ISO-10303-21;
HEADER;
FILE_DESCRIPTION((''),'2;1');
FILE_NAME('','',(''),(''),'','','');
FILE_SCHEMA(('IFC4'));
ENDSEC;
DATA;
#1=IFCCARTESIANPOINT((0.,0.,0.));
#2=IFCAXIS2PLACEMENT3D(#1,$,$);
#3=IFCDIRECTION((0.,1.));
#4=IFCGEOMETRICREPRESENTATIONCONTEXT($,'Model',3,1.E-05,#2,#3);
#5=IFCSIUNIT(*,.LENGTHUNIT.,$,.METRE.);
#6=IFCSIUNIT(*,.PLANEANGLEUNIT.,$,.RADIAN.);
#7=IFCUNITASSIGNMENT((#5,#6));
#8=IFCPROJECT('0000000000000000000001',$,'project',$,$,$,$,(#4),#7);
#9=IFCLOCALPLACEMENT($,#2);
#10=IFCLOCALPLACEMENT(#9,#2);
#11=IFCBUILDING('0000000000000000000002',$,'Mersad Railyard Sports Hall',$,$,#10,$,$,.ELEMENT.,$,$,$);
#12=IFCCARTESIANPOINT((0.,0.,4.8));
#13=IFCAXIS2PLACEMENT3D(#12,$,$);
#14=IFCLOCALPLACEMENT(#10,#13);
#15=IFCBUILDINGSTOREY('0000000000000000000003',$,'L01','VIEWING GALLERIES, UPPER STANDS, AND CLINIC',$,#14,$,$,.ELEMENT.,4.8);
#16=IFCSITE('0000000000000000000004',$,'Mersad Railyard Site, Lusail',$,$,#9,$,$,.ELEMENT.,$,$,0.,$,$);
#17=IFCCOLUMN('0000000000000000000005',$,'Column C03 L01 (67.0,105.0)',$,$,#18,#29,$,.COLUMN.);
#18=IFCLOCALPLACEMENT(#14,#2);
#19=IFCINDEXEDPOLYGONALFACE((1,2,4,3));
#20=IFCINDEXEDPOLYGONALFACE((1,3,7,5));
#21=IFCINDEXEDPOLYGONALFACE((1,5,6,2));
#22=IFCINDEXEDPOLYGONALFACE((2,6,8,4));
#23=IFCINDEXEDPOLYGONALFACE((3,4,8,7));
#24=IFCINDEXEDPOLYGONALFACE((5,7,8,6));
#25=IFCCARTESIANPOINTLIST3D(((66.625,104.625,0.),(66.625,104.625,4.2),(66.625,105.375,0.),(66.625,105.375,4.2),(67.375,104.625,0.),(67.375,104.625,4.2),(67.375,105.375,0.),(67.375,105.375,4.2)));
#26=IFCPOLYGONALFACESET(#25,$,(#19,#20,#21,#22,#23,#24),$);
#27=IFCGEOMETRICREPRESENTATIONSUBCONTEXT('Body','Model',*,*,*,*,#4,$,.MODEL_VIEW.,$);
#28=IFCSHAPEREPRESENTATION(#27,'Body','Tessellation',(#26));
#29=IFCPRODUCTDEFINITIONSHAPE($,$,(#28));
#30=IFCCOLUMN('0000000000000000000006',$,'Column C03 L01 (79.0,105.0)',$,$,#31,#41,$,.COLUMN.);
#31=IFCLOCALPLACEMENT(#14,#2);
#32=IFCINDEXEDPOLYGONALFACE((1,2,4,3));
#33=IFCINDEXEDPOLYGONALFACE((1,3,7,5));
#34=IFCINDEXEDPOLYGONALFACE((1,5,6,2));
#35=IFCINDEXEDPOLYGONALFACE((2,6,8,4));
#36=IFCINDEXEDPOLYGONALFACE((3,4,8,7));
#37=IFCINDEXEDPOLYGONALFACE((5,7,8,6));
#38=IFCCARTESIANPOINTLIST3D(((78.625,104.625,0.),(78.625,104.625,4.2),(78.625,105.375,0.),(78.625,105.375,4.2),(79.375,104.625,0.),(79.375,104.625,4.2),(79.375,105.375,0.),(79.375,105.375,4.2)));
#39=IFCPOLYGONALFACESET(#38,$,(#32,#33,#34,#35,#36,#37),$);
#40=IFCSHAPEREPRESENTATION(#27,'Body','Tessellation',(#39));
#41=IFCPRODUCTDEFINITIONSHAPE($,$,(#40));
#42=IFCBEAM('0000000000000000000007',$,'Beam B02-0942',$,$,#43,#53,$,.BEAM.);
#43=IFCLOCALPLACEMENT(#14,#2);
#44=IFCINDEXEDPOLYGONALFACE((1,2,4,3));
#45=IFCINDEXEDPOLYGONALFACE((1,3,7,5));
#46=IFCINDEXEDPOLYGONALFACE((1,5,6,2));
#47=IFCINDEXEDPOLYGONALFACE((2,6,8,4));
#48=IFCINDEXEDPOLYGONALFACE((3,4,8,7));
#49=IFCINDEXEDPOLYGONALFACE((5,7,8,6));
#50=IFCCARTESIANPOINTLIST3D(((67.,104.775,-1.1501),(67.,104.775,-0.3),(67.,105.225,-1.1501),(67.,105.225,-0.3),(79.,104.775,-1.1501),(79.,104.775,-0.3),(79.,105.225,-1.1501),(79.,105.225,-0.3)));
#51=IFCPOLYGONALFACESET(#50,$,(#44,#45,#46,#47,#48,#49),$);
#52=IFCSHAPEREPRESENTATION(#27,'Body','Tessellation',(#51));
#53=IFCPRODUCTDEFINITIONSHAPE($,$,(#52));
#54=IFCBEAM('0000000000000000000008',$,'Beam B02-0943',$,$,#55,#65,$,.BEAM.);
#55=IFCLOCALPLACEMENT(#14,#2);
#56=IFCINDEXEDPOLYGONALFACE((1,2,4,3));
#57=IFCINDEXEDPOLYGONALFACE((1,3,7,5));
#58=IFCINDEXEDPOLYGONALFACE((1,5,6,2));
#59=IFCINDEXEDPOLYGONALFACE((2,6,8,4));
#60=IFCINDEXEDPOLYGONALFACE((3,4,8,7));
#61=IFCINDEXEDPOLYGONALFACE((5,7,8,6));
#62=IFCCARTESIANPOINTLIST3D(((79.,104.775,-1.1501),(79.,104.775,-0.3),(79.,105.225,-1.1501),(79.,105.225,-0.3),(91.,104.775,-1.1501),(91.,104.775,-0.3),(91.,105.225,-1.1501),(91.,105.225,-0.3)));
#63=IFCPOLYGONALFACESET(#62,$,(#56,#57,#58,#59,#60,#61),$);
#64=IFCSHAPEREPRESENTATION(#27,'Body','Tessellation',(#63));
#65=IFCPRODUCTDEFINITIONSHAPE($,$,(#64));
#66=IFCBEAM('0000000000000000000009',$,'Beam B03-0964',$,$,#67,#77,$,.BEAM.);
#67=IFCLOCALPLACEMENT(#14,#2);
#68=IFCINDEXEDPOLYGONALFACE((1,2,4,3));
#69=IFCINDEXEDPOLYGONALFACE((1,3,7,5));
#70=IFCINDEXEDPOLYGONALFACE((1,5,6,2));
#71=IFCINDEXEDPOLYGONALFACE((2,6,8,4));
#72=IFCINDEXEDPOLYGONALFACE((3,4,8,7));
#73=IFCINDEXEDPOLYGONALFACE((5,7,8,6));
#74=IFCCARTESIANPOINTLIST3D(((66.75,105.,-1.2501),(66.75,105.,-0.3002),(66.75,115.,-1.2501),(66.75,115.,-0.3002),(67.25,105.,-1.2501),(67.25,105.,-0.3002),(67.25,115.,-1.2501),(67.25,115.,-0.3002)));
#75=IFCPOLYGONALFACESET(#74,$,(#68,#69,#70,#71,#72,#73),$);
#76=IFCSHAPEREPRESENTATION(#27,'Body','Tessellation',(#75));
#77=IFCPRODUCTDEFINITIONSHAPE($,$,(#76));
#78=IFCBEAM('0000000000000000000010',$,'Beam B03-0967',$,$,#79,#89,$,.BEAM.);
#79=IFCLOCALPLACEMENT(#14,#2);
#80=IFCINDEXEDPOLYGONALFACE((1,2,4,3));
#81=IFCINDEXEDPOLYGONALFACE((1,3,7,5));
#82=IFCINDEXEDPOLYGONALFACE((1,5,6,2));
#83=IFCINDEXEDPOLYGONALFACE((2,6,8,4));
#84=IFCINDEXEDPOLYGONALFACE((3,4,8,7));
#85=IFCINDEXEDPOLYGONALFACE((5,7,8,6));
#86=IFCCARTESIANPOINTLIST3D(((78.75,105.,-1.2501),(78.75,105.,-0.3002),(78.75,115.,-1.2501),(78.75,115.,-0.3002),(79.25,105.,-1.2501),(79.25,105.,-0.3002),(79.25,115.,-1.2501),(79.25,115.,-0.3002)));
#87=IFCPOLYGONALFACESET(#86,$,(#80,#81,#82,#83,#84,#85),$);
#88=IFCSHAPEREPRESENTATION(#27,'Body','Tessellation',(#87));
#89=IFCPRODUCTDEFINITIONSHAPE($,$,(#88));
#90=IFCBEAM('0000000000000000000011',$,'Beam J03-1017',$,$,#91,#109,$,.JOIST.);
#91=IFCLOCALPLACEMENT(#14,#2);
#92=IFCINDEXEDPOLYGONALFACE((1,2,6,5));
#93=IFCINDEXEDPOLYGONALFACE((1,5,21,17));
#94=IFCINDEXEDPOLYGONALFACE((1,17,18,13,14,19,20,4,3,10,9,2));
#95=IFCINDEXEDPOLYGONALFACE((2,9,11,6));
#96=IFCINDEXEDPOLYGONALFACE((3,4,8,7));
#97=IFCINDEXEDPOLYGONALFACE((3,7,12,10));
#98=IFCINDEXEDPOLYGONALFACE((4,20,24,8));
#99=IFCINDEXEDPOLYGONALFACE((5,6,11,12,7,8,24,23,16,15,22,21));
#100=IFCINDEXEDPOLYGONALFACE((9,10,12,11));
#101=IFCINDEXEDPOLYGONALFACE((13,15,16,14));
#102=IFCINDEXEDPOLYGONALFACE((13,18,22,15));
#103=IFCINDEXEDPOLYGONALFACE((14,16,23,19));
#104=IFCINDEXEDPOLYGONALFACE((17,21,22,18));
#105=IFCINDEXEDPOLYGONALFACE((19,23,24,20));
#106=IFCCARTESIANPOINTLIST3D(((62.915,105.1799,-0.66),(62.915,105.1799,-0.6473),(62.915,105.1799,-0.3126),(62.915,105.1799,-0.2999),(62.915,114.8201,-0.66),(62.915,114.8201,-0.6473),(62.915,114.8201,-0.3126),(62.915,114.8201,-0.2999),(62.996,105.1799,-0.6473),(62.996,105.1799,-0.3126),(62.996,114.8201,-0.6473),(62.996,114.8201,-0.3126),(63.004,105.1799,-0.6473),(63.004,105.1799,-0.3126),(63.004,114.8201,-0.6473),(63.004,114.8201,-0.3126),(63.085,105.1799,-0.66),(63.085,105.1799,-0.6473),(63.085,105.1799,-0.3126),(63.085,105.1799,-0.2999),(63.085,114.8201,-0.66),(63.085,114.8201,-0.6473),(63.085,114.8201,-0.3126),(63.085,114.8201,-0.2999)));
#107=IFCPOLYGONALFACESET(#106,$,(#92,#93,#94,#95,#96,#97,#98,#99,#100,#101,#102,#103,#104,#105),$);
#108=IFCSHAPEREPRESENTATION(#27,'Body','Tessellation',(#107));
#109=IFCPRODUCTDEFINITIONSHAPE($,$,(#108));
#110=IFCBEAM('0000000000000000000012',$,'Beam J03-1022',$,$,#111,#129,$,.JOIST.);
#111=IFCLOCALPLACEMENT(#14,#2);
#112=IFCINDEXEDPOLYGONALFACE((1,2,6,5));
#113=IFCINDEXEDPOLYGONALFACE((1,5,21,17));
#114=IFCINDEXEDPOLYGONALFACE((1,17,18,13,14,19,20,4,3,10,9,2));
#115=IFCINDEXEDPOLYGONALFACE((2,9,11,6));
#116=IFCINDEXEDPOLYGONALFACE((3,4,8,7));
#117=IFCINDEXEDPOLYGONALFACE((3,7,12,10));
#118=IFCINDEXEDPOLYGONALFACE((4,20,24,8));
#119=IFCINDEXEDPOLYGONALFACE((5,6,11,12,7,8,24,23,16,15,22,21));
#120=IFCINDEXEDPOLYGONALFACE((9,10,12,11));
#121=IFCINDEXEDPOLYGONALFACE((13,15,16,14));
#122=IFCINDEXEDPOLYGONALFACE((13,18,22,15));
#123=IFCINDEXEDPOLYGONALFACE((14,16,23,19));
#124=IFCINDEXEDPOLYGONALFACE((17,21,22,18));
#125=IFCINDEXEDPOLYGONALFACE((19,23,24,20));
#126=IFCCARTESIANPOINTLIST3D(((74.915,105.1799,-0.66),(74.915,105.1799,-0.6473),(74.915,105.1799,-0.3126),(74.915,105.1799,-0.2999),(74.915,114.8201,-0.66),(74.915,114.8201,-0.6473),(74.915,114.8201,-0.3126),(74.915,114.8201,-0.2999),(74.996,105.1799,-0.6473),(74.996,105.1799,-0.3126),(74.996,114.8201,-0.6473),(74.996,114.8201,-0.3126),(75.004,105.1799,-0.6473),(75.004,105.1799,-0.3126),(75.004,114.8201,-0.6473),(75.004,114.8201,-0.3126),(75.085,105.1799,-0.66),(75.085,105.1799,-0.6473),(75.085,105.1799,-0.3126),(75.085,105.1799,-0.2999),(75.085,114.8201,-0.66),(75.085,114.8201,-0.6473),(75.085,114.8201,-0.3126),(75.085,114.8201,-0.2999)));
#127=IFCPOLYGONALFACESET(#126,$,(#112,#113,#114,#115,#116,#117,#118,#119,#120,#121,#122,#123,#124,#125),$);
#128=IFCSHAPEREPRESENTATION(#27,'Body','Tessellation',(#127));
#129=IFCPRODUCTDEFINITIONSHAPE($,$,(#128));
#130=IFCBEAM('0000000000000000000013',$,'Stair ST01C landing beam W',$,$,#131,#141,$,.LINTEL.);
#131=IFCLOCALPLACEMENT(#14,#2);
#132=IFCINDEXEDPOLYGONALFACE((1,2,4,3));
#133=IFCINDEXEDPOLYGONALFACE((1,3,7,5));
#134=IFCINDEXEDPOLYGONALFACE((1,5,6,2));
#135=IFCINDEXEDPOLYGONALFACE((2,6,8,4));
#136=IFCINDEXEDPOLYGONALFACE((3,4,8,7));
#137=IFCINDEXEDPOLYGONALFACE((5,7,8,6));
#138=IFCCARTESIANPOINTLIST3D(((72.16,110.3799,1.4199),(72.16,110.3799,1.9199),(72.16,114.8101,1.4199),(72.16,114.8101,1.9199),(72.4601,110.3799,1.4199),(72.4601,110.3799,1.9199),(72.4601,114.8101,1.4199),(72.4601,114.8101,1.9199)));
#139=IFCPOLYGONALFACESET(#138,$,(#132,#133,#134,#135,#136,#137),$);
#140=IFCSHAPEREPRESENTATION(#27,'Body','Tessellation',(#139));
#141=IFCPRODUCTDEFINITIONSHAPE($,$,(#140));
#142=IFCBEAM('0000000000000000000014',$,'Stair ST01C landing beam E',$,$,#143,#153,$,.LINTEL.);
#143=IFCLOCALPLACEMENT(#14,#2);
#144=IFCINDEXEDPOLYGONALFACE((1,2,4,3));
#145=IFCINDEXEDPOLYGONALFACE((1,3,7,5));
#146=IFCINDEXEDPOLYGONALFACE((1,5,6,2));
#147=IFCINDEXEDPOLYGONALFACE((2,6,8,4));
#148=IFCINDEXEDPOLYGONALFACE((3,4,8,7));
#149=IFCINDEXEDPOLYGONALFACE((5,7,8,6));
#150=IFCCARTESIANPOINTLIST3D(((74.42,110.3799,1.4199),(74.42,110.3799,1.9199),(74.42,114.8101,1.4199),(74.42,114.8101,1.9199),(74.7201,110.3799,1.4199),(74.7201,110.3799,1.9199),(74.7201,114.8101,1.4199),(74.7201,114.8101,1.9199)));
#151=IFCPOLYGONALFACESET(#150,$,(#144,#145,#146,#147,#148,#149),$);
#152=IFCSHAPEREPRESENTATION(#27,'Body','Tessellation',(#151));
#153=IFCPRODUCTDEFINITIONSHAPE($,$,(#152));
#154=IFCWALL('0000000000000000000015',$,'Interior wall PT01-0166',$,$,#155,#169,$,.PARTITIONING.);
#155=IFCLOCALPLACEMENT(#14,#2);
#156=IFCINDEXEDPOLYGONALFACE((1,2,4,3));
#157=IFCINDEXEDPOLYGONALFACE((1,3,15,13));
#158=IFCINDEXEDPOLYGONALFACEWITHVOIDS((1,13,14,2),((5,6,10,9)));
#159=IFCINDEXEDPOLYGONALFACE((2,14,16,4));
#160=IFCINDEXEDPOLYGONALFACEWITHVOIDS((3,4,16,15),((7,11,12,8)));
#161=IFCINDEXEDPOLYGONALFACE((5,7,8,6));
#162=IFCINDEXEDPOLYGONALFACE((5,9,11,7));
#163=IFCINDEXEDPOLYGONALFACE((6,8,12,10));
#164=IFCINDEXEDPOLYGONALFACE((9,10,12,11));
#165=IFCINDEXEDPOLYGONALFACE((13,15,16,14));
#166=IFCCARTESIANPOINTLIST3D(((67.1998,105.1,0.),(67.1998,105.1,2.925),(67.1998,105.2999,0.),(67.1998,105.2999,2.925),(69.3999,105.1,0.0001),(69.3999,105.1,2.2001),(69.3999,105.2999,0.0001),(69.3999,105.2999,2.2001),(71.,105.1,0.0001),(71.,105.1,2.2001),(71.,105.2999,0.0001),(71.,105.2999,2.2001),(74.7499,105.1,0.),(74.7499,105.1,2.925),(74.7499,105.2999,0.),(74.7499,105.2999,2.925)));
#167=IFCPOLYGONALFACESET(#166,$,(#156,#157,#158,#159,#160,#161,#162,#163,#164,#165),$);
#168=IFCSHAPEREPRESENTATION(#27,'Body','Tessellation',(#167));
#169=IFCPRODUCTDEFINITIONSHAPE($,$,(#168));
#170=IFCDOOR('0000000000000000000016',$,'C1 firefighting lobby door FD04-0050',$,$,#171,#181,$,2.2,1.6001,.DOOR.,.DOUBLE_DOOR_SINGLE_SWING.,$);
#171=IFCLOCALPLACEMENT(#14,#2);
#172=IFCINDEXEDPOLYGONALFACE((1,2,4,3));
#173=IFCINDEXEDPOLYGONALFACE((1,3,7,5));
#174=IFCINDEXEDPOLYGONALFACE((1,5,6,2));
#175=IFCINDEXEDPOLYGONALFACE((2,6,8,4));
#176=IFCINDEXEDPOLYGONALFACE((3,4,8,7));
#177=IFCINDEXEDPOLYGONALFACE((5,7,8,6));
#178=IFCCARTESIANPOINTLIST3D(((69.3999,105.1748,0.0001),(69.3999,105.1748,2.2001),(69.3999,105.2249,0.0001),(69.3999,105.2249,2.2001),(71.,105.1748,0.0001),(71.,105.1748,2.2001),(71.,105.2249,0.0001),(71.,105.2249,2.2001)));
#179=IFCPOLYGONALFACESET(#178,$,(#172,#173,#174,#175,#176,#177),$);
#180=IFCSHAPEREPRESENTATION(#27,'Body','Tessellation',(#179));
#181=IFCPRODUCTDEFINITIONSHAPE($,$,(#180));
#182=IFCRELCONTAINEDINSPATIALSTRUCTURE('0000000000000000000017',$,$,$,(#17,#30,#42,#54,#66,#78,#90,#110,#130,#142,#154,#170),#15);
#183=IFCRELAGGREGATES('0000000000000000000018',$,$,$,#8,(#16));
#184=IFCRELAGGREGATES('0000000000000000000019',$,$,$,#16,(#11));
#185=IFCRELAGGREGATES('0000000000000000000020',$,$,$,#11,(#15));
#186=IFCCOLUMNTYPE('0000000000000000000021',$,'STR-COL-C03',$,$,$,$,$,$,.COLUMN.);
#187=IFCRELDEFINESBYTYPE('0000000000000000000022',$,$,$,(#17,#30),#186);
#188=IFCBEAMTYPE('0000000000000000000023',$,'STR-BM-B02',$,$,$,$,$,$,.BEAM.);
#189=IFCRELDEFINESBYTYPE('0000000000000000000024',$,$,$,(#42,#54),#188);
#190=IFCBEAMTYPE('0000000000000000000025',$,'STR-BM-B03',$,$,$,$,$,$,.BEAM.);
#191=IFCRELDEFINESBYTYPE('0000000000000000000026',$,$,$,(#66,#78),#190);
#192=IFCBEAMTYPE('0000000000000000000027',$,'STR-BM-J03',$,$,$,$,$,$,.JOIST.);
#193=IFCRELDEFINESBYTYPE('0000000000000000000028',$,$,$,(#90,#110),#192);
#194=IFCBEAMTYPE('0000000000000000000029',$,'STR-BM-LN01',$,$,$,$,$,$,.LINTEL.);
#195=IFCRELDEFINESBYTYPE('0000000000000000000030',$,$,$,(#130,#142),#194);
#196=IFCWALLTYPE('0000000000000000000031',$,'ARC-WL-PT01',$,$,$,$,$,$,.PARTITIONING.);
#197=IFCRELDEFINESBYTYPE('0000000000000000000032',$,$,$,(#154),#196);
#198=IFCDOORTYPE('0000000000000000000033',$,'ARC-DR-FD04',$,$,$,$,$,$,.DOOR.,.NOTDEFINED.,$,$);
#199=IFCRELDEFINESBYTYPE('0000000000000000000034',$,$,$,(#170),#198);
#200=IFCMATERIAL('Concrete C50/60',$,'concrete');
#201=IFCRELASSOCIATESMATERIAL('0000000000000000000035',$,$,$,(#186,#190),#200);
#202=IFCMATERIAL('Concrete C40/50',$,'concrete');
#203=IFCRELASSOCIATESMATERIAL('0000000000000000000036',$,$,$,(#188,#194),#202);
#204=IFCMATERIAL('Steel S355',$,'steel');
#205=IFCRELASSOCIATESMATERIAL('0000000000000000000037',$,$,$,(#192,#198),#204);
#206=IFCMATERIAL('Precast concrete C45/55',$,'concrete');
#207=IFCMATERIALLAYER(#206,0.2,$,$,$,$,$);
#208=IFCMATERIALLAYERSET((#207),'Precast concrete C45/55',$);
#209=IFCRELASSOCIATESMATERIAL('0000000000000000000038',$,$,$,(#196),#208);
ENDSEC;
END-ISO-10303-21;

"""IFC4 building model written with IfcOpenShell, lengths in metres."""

from ifc_helpers import new_model, si_unit, direction, frame, frame_2d, origin, origin_2d, place, context, subcontext, project, spatial, rectangle, i_section, extrude, material, layer, layer_set, material_profile, profile_set, type_object, element, fill, save


model = new_model("IFC4")

# Units and contexts
model_context = context("Model", 3, precision=1e-05, world=origin(), true_north=direction((0.0, 1.0)))
body_context = subcontext(model_context, "Body", "Model", "MODEL_VIEW")
ifc_project = project(units=[si_unit("LENGTHUNIT", "METRE"), si_unit("PLANEANGLEUNIT", "RADIAN")], contexts=[model_context])

# Site, building, storey
site_placement = place(None, origin())
site = spatial("IfcSite", under=ifc_project, at=site_placement, Name="Mersad Railyard Site, Lusail", CompositionType="ELEMENT", RefElevation=0.0)
building_placement = place(site_placement, origin())
building = spatial("IfcBuilding", under=site, at=building_placement, Name="Mersad Railyard Sports Hall", CompositionType="ELEMENT")
storey_placement = place(building_placement, frame((0.0, 0.0, 4.8)))
storey = spatial("IfcBuildingStorey", under=building, at=storey_placement, Name="L01", Description="VIEWING GALLERIES, UPPER STANDS, AND CLINIC", CompositionType="ELEMENT", Elevation=4.8)

# Columns
ifc_material_1 = material(Name="Concrete C50/60", Category="concrete")
ifc_material_profile_1 = material_profile(ifc_material_1, rectangle(XDim=0.75, YDim=0.75, at=origin_2d()), Name="RC 750x750")
ifc_profile_set_1 = profile_set([ifc_material_profile_1], Name="Concrete C50/60")
column_type = type_object("IfcColumnType", Name="STR-COL-C03", PredefinedType="COLUMN", material=ifc_profile_set_1)
for number, where, z_axis, x_axis, name in (
    (1, (67.0, 105.0, 0.0), (0.0, 0.0, 1.0), (1.0, 0.0, 0.0), "Column C03 L01 (67.0,105.0)"),
    (2, (79.0, 105.0, 0.0), (0.0, 0.0, 1.0), (1.0, 0.0, 0.0), "Column C03 L01 (79.0,105.0)"),
):
    element("IfcColumn", number, at=place(storey_placement, frame(where, z_axis=z_axis, x_axis=x_axis)), inside=storey, type_object=column_type, Name=name, PredefinedType="COLUMN", context=body_context, shape_type="SweptSolid", body=[
        extrude(rectangle(XDim=0.75, YDim=0.75, at=origin_2d()), origin(), (0.0, 0.0, 1.0), 4.2),
    ])

# Beams
ifc_material_2 = material(Name="Concrete C40/50", Category="concrete")
ifc_material_profile_2 = material_profile(ifc_material_2, rectangle(XDim=0.45, YDim=0.8501, at=origin_2d()), Name="RC 450x850")
ifc_profile_set_2 = profile_set([ifc_material_profile_2], Name="Concrete C40/50")
beam_type_1 = type_object("IfcBeamType", Name="STR-BM-B02", PredefinedType="BEAM", material=ifc_profile_set_2)
for number, where, z_axis, x_axis, name in (
    (3, (67.0, 105.0, -0.7251), (1.0, 0.0, 0.0), (0.0, 1.0, 0.0), "Beam B02-0942"),
    (4, (79.0, 105.0, -0.7251), (1.0, 0.0, 0.0), (0.0, 1.0, 0.0), "Beam B02-0943"),
):
    element("IfcBeam", number, at=place(storey_placement, frame(where, z_axis=z_axis, x_axis=x_axis)), inside=storey, type_object=beam_type_1, Name=name, PredefinedType="BEAM", context=body_context, shape_type="SweptSolid", body=[
        extrude(rectangle(XDim=0.45, YDim=0.8501, at=origin_2d()), origin(), (0.0, 0.0, 1.0), 12.0),
    ])
ifc_material_profile_3 = material_profile(ifc_material_1, rectangle(XDim=0.5, YDim=0.95, at=origin_2d()), Name="RC 500x950")
ifc_profile_set_3 = profile_set([ifc_material_profile_3], Name="Concrete C50/60")
beam_type_2 = type_object("IfcBeamType", Name="STR-BM-B03", PredefinedType="BEAM", material=ifc_profile_set_3)
for number, where, z_axis, x_axis, name in (
    (5, (67.0, 105.0, -0.7751), (0.0, 1.0, 0.0), (-1.0, 0.0, 0.0), "Beam B03-0964"),
    (6, (79.0, 105.0, -0.7751), (0.0, 1.0, 0.0), (-1.0, 0.0, 0.0), "Beam B03-0967"),
):
    element("IfcBeam", number, at=place(storey_placement, frame(where, z_axis=z_axis, x_axis=x_axis)), inside=storey, type_object=beam_type_2, Name=name, PredefinedType="BEAM", context=body_context, shape_type="SweptSolid", body=[
        extrude(rectangle(XDim=0.5, YDim=0.95, at=origin_2d()), origin(), (0.0, 0.0, 1.0), 10.0),
    ])
ifc_material_3 = material(Name="Steel S355", Category="steel")
ifc_material_profile_4 = material_profile(ifc_material_3, i_section(OverallWidth=0.1699, OverallDepth=0.3601, WebThickness=0.0081, FlangeThickness=0.0127, at=origin_2d()), Name="IPE 360")
ifc_profile_set_4 = profile_set([ifc_material_profile_4], Name="Steel S355")
beam_type_3 = type_object("IfcBeamType", Name="STR-BM-J03", PredefinedType="JOIST", material=ifc_profile_set_4)
for number, where, z_axis, x_axis, name in (
    (7, (63.0, 105.1799, -0.48), (0.0, 1.0, 0.0), (-1.0, 0.0, 0.0), "Beam J03-1017"),
    (8, (75.0, 105.1799, -0.48), (0.0, 1.0, 0.0), (-1.0, 0.0, 0.0), "Beam J03-1022"),
):
    element("IfcBeam", number, at=place(storey_placement, frame(where, z_axis=z_axis, x_axis=x_axis)), inside=storey, type_object=beam_type_3, Name=name, PredefinedType="JOIST", context=body_context, shape_type="SweptSolid", body=[
        extrude(i_section(OverallWidth=0.1699, OverallDepth=0.3601, WebThickness=0.0081, FlangeThickness=0.0127, at=origin_2d()), origin(), (0.0, 0.0, 1.0), 9.6401),
    ])
ifc_material_profile_5 = material_profile(ifc_material_2, rectangle(XDim=0.3, YDim=0.5, at=origin_2d()), Name="RC 300x500")
ifc_profile_set_5 = profile_set([ifc_material_profile_5], Name="Concrete C40/50")
beam_type_4 = type_object("IfcBeamType", Name="STR-BM-LN01", PredefinedType="LINTEL", material=ifc_profile_set_5)
for number, where, z_axis, x_axis, name in (
    (9, (72.3101, 110.3799, 1.6699), (0.0, 1.0, 0.0), (-1.0, 0.0, 0.0), "Stair ST01C landing beam W"),
    (10, (74.5701, 110.3799, 1.6699), (0.0, 1.0, 0.0), (-1.0, 0.0, 0.0), "Stair ST01C landing beam E"),
):
    element("IfcBeam", number, at=place(storey_placement, frame(where, z_axis=z_axis, x_axis=x_axis)), inside=storey, type_object=beam_type_4, Name=name, PredefinedType="LINTEL", context=body_context, shape_type="SweptSolid", body=[
        extrude(rectangle(XDim=0.3, YDim=0.5, at=origin_2d()), origin(), (0.0, 0.0, 1.0), 4.4302),
    ])

# Wall, opening, door
ifc_material_4 = material(Name="Precast concrete C45/55", Category="concrete")
ifc_layer_1 = layer(ifc_material_4, 0.2)
ifc_layer_set_1 = layer_set([ifc_layer_1], Name="Precast concrete C45/55")
wall_type_1 = type_object("IfcWallType", Name="ARC-WL-PT01", PredefinedType="PARTITIONING", material=ifc_layer_set_1)
wall_1_placement = place(storey_placement, frame((67.2, 105.2, 0.0), z_axis=(0.0, 0.0, 1.0), x_axis=(1.0, 0.0, 0.0)))
wall_1 = element("IfcWall", 11, at=wall_1_placement, inside=storey, type_object=wall_type_1, Name="Interior wall PT01-0166", PredefinedType="PARTITIONING", context=body_context, shape_type="SweptSolid", body=[
    extrude(rectangle(XDim=7.55, YDim=0.2, at=frame_2d((3.7749, 0.0))), origin(), (0.0, 0.0, 1.0), 2.925),
])
opening_1_placement = place(wall_1_placement, frame((2.2, 0.0, 0.0)))
opening_1 = element("IfcOpeningElement", 12, at=opening_1_placement, cuts=wall_1, PredefinedType="OPENING", context=body_context, shape_type="SweptSolid", body=[
    extrude(rectangle(XDim=1.6001, YDim=2.2, at=frame_2d((0.8, 1.1001))), frame((0.0, 0.1099, 0.0), z_axis=(0.0, -1.0, 0.0), x_axis=(1.0, 0.0, 0.0)), (0.0, 0.0, 1.0), 0.22),
])
door_type_1 = type_object("IfcDoorType", Name="ARC-DR-FD04", OperationType="NOTDEFINED", PredefinedType="DOOR", material=ifc_material_3)
door_1_placement = place(opening_1_placement, origin())
door_1 = element("IfcDoor", 13, at=door_1_placement, inside=storey, type_object=door_type_1, Name="C1 firefighting lobby door FD04-0050", OperationType="DOUBLE_DOOR_SINGLE_SWING", OverallHeight=2.2, OverallWidth=1.6001, PredefinedType="DOOR", context=body_context, shape_type="SweptSolid", body=[
    extrude(rectangle(XDim=1.6001, YDim=2.2, at=frame_2d((0.8, 1.1001))), frame((0.0, 0.0249, 0.0), z_axis=(0.0, -1.0, 0.0), x_axis=(1.0, 0.0, 0.0)), (0.0, 0.0, 1.0), 0.05),
])
fill(opening_1, door_1)

save(model, "model.ifc")
